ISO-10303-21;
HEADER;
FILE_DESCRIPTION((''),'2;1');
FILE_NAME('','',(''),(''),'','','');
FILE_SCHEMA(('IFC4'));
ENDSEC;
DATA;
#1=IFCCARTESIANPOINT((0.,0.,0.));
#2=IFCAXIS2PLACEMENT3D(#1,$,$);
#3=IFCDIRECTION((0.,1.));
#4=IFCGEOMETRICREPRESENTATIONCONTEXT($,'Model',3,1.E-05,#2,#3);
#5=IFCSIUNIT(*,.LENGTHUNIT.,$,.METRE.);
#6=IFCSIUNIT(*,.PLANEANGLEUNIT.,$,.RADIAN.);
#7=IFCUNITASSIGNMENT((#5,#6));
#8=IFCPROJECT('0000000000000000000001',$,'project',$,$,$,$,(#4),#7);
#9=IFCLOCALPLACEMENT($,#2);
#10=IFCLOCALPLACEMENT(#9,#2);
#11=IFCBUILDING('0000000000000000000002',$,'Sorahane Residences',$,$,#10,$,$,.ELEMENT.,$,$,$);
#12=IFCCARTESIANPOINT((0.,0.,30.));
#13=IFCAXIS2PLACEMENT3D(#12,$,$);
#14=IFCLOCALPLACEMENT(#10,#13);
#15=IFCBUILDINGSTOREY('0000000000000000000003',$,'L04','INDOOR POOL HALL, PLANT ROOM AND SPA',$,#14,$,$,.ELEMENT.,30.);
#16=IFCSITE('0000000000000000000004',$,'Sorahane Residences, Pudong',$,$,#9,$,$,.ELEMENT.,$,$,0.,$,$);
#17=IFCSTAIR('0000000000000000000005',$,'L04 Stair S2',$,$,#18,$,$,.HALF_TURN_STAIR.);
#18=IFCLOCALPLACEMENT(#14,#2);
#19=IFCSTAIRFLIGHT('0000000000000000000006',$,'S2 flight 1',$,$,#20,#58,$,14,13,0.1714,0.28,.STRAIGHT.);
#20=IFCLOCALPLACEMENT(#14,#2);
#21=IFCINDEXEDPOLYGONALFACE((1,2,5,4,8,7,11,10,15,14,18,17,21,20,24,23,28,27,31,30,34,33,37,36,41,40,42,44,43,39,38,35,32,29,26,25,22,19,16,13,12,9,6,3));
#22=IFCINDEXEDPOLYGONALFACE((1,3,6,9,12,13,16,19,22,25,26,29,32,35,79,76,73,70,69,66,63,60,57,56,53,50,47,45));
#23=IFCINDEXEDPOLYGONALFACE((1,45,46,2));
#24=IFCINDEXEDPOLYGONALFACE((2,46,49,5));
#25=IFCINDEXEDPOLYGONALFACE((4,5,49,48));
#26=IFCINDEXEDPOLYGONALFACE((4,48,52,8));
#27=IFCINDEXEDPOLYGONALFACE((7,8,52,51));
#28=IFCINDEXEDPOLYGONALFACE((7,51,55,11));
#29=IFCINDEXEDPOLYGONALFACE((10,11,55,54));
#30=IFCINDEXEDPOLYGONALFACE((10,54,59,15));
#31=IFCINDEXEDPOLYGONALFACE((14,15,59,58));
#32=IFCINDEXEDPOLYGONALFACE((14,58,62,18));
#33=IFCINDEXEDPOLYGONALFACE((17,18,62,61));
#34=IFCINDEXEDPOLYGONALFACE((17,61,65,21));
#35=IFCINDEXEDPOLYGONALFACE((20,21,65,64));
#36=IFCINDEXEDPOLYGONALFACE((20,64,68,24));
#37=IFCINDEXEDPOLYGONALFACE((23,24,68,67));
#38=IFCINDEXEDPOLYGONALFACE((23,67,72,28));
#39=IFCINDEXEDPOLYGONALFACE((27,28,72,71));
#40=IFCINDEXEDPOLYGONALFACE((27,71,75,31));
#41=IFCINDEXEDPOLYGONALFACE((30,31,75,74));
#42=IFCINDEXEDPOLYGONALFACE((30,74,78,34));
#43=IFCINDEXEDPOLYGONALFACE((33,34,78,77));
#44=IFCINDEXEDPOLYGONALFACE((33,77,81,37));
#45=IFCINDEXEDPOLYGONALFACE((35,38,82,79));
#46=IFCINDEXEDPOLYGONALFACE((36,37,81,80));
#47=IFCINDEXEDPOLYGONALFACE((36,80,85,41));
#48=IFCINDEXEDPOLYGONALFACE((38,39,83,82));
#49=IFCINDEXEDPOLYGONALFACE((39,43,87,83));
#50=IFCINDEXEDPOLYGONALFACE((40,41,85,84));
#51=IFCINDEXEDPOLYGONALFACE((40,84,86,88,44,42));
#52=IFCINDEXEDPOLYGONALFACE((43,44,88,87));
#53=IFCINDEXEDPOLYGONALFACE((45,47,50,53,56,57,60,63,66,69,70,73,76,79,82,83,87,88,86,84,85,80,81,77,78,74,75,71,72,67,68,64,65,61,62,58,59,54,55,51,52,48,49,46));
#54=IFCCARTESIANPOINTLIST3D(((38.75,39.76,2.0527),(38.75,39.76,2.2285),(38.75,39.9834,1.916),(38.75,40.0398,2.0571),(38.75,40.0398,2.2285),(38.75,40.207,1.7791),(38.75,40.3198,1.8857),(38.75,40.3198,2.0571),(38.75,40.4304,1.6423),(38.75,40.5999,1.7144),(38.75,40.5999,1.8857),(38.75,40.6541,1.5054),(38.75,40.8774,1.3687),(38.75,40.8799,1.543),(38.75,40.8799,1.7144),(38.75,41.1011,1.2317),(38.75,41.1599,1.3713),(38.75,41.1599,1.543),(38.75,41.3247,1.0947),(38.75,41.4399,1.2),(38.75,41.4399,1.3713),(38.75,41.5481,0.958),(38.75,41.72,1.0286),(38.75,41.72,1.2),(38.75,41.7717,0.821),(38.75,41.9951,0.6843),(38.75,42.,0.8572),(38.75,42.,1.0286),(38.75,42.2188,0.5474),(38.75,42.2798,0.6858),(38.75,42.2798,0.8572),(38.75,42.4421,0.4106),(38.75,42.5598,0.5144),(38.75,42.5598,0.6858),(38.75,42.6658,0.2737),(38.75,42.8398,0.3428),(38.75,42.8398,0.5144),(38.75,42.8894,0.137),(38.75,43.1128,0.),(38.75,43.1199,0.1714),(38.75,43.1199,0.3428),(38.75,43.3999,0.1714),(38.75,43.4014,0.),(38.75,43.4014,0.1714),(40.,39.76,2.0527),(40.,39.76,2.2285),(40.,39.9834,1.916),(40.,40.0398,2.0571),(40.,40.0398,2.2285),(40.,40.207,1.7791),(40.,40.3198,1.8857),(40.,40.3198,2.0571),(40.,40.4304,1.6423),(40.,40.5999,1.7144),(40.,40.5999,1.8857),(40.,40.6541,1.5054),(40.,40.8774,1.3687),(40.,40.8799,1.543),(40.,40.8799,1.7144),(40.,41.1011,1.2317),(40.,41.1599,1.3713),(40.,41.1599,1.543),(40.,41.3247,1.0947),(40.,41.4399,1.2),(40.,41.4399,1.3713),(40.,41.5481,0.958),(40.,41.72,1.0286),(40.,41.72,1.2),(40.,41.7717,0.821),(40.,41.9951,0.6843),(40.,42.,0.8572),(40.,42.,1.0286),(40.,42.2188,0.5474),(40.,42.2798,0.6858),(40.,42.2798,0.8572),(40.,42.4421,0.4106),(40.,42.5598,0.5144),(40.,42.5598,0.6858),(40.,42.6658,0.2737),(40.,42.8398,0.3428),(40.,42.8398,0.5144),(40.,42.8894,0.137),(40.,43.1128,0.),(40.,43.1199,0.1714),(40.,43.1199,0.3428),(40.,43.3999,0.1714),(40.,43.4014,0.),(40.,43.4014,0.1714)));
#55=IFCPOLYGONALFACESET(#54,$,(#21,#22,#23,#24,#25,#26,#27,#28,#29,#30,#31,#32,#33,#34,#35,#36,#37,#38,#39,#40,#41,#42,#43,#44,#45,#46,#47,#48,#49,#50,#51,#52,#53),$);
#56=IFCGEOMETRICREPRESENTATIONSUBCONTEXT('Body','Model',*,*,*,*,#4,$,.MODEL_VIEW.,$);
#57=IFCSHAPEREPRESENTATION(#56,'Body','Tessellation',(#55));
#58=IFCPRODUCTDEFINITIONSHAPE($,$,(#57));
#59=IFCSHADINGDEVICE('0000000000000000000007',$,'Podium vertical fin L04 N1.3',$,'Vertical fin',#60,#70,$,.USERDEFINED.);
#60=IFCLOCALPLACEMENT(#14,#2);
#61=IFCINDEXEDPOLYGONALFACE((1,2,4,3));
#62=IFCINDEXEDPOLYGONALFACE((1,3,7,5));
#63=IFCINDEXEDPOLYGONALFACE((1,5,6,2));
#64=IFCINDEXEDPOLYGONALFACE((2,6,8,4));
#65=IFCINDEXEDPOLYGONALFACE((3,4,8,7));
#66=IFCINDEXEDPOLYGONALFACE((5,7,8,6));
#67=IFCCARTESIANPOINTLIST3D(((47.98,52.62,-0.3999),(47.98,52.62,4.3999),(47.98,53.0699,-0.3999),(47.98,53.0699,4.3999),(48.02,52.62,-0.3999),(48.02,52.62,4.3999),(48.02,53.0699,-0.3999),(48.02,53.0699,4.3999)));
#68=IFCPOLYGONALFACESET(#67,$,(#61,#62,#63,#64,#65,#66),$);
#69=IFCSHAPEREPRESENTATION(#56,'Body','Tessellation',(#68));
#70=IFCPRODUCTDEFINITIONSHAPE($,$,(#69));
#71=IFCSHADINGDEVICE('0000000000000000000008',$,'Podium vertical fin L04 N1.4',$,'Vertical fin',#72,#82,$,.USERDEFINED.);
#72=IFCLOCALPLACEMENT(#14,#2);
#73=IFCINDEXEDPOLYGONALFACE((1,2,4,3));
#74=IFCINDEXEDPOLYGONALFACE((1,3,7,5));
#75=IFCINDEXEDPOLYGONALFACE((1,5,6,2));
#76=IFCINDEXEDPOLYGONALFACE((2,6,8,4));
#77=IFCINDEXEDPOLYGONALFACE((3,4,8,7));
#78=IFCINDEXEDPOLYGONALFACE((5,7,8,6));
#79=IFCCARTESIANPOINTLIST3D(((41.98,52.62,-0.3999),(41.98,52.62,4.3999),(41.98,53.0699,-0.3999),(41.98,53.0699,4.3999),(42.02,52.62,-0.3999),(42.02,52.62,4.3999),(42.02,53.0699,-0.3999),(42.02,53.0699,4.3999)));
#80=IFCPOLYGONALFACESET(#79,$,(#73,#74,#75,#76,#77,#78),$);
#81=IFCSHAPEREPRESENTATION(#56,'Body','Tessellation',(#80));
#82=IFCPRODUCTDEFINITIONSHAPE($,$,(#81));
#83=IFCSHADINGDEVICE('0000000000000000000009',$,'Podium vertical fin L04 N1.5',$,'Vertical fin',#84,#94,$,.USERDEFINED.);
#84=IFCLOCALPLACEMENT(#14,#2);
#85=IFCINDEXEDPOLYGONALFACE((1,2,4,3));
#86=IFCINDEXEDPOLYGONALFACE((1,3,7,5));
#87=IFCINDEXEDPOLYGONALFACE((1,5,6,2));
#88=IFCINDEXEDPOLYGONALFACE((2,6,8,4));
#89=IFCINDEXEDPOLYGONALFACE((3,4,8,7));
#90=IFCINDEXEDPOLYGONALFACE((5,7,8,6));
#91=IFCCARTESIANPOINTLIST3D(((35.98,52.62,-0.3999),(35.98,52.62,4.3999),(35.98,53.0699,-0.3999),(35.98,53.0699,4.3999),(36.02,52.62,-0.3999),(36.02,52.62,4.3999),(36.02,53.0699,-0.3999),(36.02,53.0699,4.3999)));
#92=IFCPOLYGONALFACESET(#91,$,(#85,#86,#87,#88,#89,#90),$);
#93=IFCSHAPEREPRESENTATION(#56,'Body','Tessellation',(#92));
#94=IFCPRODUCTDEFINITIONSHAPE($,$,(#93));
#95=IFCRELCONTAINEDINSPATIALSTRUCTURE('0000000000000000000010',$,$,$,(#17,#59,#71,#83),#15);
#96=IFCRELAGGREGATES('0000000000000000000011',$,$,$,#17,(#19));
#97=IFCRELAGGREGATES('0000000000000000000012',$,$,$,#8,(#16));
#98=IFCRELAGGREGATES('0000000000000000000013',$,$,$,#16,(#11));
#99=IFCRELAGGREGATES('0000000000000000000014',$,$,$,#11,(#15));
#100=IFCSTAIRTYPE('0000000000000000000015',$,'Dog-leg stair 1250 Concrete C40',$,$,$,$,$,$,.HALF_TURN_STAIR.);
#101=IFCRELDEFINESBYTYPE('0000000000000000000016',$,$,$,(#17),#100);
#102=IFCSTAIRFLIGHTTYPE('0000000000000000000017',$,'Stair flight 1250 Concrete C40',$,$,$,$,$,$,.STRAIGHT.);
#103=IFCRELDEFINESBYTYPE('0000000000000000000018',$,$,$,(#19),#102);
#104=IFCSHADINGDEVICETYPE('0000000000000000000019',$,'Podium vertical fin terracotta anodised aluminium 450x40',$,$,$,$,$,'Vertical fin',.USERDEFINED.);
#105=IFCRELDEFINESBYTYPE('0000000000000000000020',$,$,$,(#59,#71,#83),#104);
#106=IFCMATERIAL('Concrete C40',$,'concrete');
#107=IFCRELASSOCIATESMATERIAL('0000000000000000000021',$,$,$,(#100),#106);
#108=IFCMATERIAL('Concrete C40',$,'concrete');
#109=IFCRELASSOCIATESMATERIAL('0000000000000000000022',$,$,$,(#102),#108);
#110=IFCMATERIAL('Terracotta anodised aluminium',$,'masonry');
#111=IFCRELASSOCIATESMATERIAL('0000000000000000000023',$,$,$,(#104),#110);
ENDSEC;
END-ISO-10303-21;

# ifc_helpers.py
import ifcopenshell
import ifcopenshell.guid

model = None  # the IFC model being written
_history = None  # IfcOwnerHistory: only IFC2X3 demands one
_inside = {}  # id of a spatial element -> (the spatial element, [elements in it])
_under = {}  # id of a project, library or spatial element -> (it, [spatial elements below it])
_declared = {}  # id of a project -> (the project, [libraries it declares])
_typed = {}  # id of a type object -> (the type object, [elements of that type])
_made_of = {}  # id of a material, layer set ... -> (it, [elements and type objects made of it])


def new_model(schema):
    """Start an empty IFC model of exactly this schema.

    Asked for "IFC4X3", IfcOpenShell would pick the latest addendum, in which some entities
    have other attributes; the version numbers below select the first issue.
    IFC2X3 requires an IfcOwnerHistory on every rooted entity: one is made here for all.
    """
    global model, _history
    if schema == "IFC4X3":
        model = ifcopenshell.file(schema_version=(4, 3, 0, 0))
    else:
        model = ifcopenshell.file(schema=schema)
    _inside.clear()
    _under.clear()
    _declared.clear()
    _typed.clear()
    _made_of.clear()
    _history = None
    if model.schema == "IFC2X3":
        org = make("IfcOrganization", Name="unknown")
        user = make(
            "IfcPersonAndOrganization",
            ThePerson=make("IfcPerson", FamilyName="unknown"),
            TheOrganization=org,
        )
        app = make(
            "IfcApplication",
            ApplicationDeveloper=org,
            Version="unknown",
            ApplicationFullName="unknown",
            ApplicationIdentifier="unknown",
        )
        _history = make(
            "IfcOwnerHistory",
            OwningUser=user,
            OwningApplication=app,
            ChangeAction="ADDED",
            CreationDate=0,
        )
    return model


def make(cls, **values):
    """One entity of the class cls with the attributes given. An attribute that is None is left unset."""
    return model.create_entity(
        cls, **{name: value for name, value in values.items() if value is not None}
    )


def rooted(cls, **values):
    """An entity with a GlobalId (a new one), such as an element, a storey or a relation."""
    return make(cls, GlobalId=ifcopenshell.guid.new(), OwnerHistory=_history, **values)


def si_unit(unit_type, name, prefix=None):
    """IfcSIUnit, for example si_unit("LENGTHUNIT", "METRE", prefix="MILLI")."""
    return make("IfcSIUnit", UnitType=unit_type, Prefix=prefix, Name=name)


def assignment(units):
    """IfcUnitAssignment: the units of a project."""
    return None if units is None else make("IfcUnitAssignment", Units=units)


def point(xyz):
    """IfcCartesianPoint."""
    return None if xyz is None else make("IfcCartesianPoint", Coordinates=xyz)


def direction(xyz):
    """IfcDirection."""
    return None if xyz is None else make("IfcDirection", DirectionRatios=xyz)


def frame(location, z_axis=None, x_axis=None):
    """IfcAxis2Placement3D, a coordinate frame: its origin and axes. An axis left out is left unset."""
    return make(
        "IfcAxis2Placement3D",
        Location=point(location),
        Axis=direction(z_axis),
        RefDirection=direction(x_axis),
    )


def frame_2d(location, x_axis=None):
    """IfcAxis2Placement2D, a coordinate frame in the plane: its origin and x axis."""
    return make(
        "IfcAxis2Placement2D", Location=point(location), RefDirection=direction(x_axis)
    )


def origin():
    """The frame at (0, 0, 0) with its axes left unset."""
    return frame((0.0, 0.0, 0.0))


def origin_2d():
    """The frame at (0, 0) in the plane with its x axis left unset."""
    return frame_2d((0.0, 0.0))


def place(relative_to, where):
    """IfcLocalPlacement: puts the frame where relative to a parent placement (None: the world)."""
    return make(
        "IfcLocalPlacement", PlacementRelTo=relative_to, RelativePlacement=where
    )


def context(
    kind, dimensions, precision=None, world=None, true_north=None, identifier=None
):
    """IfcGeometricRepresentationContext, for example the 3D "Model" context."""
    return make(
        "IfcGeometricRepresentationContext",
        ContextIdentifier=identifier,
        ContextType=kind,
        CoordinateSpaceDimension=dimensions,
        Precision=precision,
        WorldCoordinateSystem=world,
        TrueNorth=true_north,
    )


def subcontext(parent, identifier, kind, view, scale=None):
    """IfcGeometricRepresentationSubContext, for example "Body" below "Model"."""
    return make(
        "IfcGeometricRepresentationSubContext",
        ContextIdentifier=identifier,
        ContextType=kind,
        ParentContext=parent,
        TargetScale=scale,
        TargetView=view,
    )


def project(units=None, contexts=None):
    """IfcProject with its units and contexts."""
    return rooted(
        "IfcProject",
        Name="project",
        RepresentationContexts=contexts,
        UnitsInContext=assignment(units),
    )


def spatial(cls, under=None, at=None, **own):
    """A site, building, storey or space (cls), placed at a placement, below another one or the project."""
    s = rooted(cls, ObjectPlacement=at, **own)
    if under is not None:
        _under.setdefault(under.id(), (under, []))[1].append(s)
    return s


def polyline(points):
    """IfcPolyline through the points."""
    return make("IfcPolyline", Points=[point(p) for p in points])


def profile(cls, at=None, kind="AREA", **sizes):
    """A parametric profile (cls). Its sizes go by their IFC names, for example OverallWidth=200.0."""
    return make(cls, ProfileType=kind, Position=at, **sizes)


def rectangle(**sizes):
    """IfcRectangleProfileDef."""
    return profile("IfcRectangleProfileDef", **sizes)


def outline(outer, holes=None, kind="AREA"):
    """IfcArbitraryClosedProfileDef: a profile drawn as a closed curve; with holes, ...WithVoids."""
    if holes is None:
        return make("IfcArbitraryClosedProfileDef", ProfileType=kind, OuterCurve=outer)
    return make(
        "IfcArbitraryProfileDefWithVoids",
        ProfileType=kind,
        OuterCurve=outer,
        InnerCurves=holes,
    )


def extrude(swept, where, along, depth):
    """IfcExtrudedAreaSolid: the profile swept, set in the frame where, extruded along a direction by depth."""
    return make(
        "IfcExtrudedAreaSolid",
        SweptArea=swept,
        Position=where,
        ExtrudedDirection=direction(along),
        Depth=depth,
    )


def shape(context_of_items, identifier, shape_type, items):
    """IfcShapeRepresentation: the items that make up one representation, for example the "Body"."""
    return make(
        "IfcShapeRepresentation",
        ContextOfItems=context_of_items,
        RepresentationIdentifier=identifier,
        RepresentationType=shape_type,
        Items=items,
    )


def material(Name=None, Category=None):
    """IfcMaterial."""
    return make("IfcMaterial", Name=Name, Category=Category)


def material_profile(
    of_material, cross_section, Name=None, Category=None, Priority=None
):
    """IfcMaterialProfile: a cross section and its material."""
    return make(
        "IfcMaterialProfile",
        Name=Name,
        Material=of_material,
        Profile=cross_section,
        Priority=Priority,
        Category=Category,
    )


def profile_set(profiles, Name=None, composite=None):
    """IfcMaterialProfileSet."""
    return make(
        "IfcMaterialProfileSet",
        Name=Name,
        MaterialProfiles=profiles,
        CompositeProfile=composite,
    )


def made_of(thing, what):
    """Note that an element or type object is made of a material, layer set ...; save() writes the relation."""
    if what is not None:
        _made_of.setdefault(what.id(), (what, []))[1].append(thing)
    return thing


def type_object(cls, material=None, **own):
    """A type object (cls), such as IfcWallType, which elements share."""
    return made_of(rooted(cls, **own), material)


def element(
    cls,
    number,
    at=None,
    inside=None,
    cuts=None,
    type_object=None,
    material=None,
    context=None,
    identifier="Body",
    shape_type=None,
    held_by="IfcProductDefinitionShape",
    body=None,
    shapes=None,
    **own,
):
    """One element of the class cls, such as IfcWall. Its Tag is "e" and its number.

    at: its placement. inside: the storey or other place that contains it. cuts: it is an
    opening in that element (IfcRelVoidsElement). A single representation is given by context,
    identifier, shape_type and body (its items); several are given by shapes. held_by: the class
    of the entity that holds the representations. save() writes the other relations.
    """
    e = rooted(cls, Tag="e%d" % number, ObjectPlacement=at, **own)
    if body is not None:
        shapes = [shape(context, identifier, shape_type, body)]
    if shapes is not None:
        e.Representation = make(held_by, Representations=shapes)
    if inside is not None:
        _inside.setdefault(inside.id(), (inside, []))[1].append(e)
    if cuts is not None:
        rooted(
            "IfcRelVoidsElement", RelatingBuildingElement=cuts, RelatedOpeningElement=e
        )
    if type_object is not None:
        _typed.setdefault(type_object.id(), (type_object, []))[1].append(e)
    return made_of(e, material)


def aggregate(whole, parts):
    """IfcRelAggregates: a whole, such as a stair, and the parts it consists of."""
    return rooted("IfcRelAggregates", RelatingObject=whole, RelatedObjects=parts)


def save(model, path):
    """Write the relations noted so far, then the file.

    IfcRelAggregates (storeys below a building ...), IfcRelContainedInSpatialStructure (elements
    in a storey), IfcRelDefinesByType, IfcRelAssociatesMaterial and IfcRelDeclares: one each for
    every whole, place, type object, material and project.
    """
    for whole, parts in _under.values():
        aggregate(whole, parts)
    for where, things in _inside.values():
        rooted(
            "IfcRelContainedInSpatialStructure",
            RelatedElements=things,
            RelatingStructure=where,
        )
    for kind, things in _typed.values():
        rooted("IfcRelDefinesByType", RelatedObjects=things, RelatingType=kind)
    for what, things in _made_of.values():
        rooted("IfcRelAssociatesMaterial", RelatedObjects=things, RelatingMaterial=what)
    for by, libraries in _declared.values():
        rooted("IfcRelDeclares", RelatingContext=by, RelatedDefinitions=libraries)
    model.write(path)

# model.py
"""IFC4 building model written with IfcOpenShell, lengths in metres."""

from ifc_helpers import new_model, si_unit, direction, frame, origin, origin_2d, place, context, subcontext, project, spatial, polyline, rectangle, outline, extrude, material, material_profile, profile_set, type_object, element, aggregate, save


model = new_model("IFC4")

# Units and contexts
model_context = context("Model", 3, precision=1e-05, world=origin(), true_north=direction((0.0, 1.0)))
body_context = subcontext(model_context, "Body", "Model", "MODEL_VIEW")
ifc_project = project(units=[si_unit("LENGTHUNIT", "METRE"), si_unit("PLANEANGLEUNIT", "RADIAN")], contexts=[model_context])

# Site, building, storey
site_placement = place(None, origin())
site = spatial("IfcSite", under=ifc_project, at=site_placement, Name="Sorahane Residences, Pudong", CompositionType="ELEMENT", RefElevation=0.0)
building_placement = place(site_placement, origin())
building = spatial("IfcBuilding", under=site, at=building_placement, Name="Sorahane Residences", CompositionType="ELEMENT")
storey_placement = place(building_placement, frame((0.0, 0.0, 30.0)))
storey = spatial("IfcBuildingStorey", under=building, at=storey_placement, Name="L04", Description="INDOOR POOL HALL, PLANT ROOM AND SPA", CompositionType="ELEMENT", Elevation=30.0)

# Stair, stair flight
ifc_material_1 = material(Name="Concrete C40", Category="concrete")
stair_type = type_object("IfcStairType", Name="Dog-leg stair 1250 Concrete C40", PredefinedType="HALF_TURN_STAIR", material=ifc_material_1)
stair_placement = place(storey_placement, origin())
stair = element("IfcStair", 1, at=stair_placement, inside=storey, type_object=stair_type, Name="L04 Stair S2", PredefinedType="HALF_TURN_STAIR")
ifc_material_2 = material(Name="Concrete C40", Category="concrete")
stair_flight_type = type_object("IfcStairFlightType", Name="Stair flight 1250 Concrete C40", PredefinedType="STRAIGHT", material=ifc_material_2)
stair_flight_placement = place(storey_placement, frame((39.375, 43.3999, 0.0), z_axis=(0.0, 0.0, 1.0), x_axis=(0.0, -1.0, 0.0)))
stair_flight = element("IfcStairFlight", 2, at=stair_flight_placement, type_object=stair_flight_type, Name="S2 flight 1", NumberOfRisers=14, NumberOfTreads=13, PredefinedType="STRAIGHT", RiserHeight=0.1714, TreadLength=0.28, context=body_context, shape_type="SweptSolid", body=[
    extrude(outline(polyline([(-0.0015, 0.0), (-0.0015, 0.1714), (0.0, 0.1714), (0.28, 0.1714), (0.28, 0.3428), (0.5601, 0.3428), (0.5601, 0.5144), (0.8401, 0.5144), (0.8401, 0.6858), (1.1201, 0.6858), (1.1201, 0.8572), (1.3999, 0.8572), (1.3999, 1.0286), (1.6799, 1.0286), (1.6799, 1.2), (1.96, 1.2), (1.96, 1.3713), (2.24, 1.3713), (2.24, 1.543), (2.52, 1.543), (2.52, 1.7144), (2.8, 1.7144), (2.8, 1.8857), (3.0801, 1.8857), (3.0801, 2.0571), (3.3601, 2.0571), (3.3601, 2.2285), (3.6399, 2.2285), (3.6399, 2.3999), (3.6399, 2.0527), (3.4165, 1.916), (3.1929, 1.7791), (2.9695, 1.6423), (2.7458, 1.5054), (2.5225, 1.3687), (2.2988, 1.2317), (2.0752, 1.0947), (1.8518, 0.958), (1.6282, 0.821), (1.4048, 0.6843), (1.1812, 0.5474), (0.9578, 0.4106), (0.7341, 0.2737), (0.5105, 0.137), (0.2871, 0.0), (-0.0015, 0.0)])), frame((0.0, 0.625, 0.0), z_axis=(0.0, -1.0, 0.0), x_axis=(1.0, 0.0, 0.0)), (0.0, 0.0, 1.0), 1.25),
])
aggregate(stair, [stair_flight])

# Shading devices
ifc_material_3 = material(Name="Terracotta anodised aluminium", Category="masonry")
ifc_material_profile_1 = material_profile(ifc_material_3, rectangle(XDim=0.45, YDim=0.04, at=origin_2d()), Name="Podium vertical fin terracotta anodised aluminium 450x40")
ifc_profile_set_1 = profile_set([ifc_material_profile_1], Name="Terracotta anodised aluminium")
shading_device_type = type_object("IfcShadingDeviceType", Name="Podium vertical fin terracotta anodised aluminium 450x40", ElementType="Vertical fin", PredefinedType="USERDEFINED", material=ifc_profile_set_1)
for number, where, z_axis, x_axis, name in (
    (3, (48.0, 52.845, -0.3999), (0.0, 0.0, 1.0), (0.0, 1.0, 0.0), "Podium vertical fin L04 N1.3"),
    (4, (42.0, 52.845, -0.3999), (0.0, 0.0, 1.0), (0.0, 1.0, 0.0), "Podium vertical fin L04 N1.4"),
    (5, (36.0, 52.845, -0.3999), (0.0, 0.0, 1.0), (0.0, 1.0, 0.0), "Podium vertical fin L04 N1.5"),
):
    element("IfcShadingDevice", number, at=place(storey_placement, frame(where, z_axis=z_axis, x_axis=x_axis)), inside=storey, type_object=shading_device_type, Name=name, ObjectType="Vertical fin", PredefinedType="USERDEFINED", context=body_context, shape_type="SweptSolid", body=[
        extrude(rectangle(XDim=0.45, YDim=0.04, at=origin_2d()), origin(), (0.0, 0.0, 1.0), 4.7998),
    ])

save(model, "model.ifc")
